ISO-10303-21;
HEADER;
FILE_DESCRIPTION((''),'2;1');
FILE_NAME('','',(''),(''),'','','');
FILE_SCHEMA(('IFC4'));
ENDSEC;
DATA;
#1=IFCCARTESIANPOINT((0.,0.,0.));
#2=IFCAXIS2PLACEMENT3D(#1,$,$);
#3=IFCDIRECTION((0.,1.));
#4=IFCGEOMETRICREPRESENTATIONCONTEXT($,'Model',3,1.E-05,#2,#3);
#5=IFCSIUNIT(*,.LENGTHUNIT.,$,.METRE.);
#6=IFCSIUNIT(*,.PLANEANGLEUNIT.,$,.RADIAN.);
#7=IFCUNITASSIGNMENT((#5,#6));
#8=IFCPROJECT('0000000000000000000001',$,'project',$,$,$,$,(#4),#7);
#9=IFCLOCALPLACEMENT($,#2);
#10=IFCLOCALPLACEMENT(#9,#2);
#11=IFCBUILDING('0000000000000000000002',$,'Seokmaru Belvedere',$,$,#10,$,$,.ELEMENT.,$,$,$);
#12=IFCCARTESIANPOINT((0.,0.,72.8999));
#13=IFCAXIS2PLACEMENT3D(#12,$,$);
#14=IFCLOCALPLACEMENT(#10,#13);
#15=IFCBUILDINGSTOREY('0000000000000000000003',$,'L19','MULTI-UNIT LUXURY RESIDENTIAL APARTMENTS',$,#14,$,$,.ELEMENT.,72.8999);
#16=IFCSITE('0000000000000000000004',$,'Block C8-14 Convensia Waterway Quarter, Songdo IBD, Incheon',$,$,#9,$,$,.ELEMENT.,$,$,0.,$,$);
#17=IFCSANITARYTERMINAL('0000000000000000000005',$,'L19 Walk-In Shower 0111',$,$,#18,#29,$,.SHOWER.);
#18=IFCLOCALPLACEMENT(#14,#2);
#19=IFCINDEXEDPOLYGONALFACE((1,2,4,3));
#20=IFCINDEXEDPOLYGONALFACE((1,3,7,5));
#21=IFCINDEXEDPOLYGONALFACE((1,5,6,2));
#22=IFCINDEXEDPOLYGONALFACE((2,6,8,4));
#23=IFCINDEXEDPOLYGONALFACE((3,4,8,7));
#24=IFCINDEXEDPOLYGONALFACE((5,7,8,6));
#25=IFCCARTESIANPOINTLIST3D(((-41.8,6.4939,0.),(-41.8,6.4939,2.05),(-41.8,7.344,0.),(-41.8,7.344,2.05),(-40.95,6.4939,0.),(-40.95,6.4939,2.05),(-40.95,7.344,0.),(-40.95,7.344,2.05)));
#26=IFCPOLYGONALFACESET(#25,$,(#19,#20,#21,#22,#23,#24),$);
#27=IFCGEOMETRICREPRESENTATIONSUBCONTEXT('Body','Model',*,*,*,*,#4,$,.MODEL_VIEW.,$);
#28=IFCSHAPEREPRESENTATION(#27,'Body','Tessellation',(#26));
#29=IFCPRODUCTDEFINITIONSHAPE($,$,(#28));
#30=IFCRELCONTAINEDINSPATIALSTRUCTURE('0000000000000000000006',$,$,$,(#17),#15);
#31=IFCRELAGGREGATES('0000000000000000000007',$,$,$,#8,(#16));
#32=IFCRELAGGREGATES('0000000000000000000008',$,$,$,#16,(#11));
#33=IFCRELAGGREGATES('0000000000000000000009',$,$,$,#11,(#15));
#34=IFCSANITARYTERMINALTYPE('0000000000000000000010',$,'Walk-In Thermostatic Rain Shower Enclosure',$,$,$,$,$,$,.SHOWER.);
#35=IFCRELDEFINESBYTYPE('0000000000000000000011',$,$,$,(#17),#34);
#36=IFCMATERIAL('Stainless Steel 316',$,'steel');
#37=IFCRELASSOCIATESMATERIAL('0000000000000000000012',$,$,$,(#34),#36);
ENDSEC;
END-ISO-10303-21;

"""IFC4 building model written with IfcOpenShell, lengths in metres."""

from ifc_helpers import new_model, si_unit, direction, frame, origin, origin_2d, place, context, subcontext, project, spatial, rectangle, extrude, source, transform, mapped, material, type_object, type_shapes, element, save


model = new_model("IFC4")

# Units and contexts
model_context = context("Model", 3, precision=1e-05, world=origin(), true_north=direction((0.0, 1.0)))
body_context = subcontext(model_context, "Body", "Model", "MODEL_VIEW")
ifc_project = project(units=[si_unit("LENGTHUNIT", "METRE"), si_unit("PLANEANGLEUNIT", "RADIAN")], contexts=[model_context])

# Site, building, storey
site_placement = place(None, origin())
site = spatial("IfcSite", under=ifc_project, at=site_placement, Name="Block C8-14 Convensia Waterway Quarter, Songdo IBD, Incheon", CompositionType="ELEMENT", RefElevation=0.0)
building_placement = place(site_placement, origin())
building = spatial("IfcBuilding", under=site, at=building_placement, Name="Seokmaru Belvedere", CompositionType="ELEMENT")
storey_placement = place(building_placement, frame((0.0, 0.0, 72.8999)))
storey = spatial("IfcBuildingStorey", under=building, at=storey_placement, Name="L19", Description="MULTI-UNIT LUXURY RESIDENTIAL APARTMENTS", CompositionType="ELEMENT", Elevation=72.8999)

# Sanitary terminal
ifc_material_1 = material(Name="Stainless Steel 316", Category="steel")
sanitary_terminal_type_1 = type_object("IfcSanitaryTerminalType", Name="Walk-In Thermostatic Rain Shower Enclosure", PredefinedType="SHOWER", material=ifc_material_1)
shared_shape_1 = source(origin(), body_context, "Body", "SweptSolid", [
    extrude(rectangle(XDim=0.8501, YDim=0.8501, at=origin_2d()), origin(), (0.0, 0.0, 1.0), 2.05),
])
type_shapes(sanitary_terminal_type_1, [shared_shape_1])
sanitary_terminal_1_placement = place(storey_placement, frame((-41.375, 6.9189, 0.0), z_axis=(0.0, 0.0, 1.0), x_axis=(1.0, 0.0, 0.0)))
element("IfcSanitaryTerminal", 1, at=sanitary_terminal_1_placement, inside=storey, type_object=sanitary_terminal_type_1, Name="L19 Walk-In Shower 0111", PredefinedType="SHOWER", context=body_context, shape_type="MappedRepresentation", body=[
    mapped(shared_shape_1, transform((0.0, 0.0, 0.0), scale=1.0)),
])

save(model, "model.ifc")
